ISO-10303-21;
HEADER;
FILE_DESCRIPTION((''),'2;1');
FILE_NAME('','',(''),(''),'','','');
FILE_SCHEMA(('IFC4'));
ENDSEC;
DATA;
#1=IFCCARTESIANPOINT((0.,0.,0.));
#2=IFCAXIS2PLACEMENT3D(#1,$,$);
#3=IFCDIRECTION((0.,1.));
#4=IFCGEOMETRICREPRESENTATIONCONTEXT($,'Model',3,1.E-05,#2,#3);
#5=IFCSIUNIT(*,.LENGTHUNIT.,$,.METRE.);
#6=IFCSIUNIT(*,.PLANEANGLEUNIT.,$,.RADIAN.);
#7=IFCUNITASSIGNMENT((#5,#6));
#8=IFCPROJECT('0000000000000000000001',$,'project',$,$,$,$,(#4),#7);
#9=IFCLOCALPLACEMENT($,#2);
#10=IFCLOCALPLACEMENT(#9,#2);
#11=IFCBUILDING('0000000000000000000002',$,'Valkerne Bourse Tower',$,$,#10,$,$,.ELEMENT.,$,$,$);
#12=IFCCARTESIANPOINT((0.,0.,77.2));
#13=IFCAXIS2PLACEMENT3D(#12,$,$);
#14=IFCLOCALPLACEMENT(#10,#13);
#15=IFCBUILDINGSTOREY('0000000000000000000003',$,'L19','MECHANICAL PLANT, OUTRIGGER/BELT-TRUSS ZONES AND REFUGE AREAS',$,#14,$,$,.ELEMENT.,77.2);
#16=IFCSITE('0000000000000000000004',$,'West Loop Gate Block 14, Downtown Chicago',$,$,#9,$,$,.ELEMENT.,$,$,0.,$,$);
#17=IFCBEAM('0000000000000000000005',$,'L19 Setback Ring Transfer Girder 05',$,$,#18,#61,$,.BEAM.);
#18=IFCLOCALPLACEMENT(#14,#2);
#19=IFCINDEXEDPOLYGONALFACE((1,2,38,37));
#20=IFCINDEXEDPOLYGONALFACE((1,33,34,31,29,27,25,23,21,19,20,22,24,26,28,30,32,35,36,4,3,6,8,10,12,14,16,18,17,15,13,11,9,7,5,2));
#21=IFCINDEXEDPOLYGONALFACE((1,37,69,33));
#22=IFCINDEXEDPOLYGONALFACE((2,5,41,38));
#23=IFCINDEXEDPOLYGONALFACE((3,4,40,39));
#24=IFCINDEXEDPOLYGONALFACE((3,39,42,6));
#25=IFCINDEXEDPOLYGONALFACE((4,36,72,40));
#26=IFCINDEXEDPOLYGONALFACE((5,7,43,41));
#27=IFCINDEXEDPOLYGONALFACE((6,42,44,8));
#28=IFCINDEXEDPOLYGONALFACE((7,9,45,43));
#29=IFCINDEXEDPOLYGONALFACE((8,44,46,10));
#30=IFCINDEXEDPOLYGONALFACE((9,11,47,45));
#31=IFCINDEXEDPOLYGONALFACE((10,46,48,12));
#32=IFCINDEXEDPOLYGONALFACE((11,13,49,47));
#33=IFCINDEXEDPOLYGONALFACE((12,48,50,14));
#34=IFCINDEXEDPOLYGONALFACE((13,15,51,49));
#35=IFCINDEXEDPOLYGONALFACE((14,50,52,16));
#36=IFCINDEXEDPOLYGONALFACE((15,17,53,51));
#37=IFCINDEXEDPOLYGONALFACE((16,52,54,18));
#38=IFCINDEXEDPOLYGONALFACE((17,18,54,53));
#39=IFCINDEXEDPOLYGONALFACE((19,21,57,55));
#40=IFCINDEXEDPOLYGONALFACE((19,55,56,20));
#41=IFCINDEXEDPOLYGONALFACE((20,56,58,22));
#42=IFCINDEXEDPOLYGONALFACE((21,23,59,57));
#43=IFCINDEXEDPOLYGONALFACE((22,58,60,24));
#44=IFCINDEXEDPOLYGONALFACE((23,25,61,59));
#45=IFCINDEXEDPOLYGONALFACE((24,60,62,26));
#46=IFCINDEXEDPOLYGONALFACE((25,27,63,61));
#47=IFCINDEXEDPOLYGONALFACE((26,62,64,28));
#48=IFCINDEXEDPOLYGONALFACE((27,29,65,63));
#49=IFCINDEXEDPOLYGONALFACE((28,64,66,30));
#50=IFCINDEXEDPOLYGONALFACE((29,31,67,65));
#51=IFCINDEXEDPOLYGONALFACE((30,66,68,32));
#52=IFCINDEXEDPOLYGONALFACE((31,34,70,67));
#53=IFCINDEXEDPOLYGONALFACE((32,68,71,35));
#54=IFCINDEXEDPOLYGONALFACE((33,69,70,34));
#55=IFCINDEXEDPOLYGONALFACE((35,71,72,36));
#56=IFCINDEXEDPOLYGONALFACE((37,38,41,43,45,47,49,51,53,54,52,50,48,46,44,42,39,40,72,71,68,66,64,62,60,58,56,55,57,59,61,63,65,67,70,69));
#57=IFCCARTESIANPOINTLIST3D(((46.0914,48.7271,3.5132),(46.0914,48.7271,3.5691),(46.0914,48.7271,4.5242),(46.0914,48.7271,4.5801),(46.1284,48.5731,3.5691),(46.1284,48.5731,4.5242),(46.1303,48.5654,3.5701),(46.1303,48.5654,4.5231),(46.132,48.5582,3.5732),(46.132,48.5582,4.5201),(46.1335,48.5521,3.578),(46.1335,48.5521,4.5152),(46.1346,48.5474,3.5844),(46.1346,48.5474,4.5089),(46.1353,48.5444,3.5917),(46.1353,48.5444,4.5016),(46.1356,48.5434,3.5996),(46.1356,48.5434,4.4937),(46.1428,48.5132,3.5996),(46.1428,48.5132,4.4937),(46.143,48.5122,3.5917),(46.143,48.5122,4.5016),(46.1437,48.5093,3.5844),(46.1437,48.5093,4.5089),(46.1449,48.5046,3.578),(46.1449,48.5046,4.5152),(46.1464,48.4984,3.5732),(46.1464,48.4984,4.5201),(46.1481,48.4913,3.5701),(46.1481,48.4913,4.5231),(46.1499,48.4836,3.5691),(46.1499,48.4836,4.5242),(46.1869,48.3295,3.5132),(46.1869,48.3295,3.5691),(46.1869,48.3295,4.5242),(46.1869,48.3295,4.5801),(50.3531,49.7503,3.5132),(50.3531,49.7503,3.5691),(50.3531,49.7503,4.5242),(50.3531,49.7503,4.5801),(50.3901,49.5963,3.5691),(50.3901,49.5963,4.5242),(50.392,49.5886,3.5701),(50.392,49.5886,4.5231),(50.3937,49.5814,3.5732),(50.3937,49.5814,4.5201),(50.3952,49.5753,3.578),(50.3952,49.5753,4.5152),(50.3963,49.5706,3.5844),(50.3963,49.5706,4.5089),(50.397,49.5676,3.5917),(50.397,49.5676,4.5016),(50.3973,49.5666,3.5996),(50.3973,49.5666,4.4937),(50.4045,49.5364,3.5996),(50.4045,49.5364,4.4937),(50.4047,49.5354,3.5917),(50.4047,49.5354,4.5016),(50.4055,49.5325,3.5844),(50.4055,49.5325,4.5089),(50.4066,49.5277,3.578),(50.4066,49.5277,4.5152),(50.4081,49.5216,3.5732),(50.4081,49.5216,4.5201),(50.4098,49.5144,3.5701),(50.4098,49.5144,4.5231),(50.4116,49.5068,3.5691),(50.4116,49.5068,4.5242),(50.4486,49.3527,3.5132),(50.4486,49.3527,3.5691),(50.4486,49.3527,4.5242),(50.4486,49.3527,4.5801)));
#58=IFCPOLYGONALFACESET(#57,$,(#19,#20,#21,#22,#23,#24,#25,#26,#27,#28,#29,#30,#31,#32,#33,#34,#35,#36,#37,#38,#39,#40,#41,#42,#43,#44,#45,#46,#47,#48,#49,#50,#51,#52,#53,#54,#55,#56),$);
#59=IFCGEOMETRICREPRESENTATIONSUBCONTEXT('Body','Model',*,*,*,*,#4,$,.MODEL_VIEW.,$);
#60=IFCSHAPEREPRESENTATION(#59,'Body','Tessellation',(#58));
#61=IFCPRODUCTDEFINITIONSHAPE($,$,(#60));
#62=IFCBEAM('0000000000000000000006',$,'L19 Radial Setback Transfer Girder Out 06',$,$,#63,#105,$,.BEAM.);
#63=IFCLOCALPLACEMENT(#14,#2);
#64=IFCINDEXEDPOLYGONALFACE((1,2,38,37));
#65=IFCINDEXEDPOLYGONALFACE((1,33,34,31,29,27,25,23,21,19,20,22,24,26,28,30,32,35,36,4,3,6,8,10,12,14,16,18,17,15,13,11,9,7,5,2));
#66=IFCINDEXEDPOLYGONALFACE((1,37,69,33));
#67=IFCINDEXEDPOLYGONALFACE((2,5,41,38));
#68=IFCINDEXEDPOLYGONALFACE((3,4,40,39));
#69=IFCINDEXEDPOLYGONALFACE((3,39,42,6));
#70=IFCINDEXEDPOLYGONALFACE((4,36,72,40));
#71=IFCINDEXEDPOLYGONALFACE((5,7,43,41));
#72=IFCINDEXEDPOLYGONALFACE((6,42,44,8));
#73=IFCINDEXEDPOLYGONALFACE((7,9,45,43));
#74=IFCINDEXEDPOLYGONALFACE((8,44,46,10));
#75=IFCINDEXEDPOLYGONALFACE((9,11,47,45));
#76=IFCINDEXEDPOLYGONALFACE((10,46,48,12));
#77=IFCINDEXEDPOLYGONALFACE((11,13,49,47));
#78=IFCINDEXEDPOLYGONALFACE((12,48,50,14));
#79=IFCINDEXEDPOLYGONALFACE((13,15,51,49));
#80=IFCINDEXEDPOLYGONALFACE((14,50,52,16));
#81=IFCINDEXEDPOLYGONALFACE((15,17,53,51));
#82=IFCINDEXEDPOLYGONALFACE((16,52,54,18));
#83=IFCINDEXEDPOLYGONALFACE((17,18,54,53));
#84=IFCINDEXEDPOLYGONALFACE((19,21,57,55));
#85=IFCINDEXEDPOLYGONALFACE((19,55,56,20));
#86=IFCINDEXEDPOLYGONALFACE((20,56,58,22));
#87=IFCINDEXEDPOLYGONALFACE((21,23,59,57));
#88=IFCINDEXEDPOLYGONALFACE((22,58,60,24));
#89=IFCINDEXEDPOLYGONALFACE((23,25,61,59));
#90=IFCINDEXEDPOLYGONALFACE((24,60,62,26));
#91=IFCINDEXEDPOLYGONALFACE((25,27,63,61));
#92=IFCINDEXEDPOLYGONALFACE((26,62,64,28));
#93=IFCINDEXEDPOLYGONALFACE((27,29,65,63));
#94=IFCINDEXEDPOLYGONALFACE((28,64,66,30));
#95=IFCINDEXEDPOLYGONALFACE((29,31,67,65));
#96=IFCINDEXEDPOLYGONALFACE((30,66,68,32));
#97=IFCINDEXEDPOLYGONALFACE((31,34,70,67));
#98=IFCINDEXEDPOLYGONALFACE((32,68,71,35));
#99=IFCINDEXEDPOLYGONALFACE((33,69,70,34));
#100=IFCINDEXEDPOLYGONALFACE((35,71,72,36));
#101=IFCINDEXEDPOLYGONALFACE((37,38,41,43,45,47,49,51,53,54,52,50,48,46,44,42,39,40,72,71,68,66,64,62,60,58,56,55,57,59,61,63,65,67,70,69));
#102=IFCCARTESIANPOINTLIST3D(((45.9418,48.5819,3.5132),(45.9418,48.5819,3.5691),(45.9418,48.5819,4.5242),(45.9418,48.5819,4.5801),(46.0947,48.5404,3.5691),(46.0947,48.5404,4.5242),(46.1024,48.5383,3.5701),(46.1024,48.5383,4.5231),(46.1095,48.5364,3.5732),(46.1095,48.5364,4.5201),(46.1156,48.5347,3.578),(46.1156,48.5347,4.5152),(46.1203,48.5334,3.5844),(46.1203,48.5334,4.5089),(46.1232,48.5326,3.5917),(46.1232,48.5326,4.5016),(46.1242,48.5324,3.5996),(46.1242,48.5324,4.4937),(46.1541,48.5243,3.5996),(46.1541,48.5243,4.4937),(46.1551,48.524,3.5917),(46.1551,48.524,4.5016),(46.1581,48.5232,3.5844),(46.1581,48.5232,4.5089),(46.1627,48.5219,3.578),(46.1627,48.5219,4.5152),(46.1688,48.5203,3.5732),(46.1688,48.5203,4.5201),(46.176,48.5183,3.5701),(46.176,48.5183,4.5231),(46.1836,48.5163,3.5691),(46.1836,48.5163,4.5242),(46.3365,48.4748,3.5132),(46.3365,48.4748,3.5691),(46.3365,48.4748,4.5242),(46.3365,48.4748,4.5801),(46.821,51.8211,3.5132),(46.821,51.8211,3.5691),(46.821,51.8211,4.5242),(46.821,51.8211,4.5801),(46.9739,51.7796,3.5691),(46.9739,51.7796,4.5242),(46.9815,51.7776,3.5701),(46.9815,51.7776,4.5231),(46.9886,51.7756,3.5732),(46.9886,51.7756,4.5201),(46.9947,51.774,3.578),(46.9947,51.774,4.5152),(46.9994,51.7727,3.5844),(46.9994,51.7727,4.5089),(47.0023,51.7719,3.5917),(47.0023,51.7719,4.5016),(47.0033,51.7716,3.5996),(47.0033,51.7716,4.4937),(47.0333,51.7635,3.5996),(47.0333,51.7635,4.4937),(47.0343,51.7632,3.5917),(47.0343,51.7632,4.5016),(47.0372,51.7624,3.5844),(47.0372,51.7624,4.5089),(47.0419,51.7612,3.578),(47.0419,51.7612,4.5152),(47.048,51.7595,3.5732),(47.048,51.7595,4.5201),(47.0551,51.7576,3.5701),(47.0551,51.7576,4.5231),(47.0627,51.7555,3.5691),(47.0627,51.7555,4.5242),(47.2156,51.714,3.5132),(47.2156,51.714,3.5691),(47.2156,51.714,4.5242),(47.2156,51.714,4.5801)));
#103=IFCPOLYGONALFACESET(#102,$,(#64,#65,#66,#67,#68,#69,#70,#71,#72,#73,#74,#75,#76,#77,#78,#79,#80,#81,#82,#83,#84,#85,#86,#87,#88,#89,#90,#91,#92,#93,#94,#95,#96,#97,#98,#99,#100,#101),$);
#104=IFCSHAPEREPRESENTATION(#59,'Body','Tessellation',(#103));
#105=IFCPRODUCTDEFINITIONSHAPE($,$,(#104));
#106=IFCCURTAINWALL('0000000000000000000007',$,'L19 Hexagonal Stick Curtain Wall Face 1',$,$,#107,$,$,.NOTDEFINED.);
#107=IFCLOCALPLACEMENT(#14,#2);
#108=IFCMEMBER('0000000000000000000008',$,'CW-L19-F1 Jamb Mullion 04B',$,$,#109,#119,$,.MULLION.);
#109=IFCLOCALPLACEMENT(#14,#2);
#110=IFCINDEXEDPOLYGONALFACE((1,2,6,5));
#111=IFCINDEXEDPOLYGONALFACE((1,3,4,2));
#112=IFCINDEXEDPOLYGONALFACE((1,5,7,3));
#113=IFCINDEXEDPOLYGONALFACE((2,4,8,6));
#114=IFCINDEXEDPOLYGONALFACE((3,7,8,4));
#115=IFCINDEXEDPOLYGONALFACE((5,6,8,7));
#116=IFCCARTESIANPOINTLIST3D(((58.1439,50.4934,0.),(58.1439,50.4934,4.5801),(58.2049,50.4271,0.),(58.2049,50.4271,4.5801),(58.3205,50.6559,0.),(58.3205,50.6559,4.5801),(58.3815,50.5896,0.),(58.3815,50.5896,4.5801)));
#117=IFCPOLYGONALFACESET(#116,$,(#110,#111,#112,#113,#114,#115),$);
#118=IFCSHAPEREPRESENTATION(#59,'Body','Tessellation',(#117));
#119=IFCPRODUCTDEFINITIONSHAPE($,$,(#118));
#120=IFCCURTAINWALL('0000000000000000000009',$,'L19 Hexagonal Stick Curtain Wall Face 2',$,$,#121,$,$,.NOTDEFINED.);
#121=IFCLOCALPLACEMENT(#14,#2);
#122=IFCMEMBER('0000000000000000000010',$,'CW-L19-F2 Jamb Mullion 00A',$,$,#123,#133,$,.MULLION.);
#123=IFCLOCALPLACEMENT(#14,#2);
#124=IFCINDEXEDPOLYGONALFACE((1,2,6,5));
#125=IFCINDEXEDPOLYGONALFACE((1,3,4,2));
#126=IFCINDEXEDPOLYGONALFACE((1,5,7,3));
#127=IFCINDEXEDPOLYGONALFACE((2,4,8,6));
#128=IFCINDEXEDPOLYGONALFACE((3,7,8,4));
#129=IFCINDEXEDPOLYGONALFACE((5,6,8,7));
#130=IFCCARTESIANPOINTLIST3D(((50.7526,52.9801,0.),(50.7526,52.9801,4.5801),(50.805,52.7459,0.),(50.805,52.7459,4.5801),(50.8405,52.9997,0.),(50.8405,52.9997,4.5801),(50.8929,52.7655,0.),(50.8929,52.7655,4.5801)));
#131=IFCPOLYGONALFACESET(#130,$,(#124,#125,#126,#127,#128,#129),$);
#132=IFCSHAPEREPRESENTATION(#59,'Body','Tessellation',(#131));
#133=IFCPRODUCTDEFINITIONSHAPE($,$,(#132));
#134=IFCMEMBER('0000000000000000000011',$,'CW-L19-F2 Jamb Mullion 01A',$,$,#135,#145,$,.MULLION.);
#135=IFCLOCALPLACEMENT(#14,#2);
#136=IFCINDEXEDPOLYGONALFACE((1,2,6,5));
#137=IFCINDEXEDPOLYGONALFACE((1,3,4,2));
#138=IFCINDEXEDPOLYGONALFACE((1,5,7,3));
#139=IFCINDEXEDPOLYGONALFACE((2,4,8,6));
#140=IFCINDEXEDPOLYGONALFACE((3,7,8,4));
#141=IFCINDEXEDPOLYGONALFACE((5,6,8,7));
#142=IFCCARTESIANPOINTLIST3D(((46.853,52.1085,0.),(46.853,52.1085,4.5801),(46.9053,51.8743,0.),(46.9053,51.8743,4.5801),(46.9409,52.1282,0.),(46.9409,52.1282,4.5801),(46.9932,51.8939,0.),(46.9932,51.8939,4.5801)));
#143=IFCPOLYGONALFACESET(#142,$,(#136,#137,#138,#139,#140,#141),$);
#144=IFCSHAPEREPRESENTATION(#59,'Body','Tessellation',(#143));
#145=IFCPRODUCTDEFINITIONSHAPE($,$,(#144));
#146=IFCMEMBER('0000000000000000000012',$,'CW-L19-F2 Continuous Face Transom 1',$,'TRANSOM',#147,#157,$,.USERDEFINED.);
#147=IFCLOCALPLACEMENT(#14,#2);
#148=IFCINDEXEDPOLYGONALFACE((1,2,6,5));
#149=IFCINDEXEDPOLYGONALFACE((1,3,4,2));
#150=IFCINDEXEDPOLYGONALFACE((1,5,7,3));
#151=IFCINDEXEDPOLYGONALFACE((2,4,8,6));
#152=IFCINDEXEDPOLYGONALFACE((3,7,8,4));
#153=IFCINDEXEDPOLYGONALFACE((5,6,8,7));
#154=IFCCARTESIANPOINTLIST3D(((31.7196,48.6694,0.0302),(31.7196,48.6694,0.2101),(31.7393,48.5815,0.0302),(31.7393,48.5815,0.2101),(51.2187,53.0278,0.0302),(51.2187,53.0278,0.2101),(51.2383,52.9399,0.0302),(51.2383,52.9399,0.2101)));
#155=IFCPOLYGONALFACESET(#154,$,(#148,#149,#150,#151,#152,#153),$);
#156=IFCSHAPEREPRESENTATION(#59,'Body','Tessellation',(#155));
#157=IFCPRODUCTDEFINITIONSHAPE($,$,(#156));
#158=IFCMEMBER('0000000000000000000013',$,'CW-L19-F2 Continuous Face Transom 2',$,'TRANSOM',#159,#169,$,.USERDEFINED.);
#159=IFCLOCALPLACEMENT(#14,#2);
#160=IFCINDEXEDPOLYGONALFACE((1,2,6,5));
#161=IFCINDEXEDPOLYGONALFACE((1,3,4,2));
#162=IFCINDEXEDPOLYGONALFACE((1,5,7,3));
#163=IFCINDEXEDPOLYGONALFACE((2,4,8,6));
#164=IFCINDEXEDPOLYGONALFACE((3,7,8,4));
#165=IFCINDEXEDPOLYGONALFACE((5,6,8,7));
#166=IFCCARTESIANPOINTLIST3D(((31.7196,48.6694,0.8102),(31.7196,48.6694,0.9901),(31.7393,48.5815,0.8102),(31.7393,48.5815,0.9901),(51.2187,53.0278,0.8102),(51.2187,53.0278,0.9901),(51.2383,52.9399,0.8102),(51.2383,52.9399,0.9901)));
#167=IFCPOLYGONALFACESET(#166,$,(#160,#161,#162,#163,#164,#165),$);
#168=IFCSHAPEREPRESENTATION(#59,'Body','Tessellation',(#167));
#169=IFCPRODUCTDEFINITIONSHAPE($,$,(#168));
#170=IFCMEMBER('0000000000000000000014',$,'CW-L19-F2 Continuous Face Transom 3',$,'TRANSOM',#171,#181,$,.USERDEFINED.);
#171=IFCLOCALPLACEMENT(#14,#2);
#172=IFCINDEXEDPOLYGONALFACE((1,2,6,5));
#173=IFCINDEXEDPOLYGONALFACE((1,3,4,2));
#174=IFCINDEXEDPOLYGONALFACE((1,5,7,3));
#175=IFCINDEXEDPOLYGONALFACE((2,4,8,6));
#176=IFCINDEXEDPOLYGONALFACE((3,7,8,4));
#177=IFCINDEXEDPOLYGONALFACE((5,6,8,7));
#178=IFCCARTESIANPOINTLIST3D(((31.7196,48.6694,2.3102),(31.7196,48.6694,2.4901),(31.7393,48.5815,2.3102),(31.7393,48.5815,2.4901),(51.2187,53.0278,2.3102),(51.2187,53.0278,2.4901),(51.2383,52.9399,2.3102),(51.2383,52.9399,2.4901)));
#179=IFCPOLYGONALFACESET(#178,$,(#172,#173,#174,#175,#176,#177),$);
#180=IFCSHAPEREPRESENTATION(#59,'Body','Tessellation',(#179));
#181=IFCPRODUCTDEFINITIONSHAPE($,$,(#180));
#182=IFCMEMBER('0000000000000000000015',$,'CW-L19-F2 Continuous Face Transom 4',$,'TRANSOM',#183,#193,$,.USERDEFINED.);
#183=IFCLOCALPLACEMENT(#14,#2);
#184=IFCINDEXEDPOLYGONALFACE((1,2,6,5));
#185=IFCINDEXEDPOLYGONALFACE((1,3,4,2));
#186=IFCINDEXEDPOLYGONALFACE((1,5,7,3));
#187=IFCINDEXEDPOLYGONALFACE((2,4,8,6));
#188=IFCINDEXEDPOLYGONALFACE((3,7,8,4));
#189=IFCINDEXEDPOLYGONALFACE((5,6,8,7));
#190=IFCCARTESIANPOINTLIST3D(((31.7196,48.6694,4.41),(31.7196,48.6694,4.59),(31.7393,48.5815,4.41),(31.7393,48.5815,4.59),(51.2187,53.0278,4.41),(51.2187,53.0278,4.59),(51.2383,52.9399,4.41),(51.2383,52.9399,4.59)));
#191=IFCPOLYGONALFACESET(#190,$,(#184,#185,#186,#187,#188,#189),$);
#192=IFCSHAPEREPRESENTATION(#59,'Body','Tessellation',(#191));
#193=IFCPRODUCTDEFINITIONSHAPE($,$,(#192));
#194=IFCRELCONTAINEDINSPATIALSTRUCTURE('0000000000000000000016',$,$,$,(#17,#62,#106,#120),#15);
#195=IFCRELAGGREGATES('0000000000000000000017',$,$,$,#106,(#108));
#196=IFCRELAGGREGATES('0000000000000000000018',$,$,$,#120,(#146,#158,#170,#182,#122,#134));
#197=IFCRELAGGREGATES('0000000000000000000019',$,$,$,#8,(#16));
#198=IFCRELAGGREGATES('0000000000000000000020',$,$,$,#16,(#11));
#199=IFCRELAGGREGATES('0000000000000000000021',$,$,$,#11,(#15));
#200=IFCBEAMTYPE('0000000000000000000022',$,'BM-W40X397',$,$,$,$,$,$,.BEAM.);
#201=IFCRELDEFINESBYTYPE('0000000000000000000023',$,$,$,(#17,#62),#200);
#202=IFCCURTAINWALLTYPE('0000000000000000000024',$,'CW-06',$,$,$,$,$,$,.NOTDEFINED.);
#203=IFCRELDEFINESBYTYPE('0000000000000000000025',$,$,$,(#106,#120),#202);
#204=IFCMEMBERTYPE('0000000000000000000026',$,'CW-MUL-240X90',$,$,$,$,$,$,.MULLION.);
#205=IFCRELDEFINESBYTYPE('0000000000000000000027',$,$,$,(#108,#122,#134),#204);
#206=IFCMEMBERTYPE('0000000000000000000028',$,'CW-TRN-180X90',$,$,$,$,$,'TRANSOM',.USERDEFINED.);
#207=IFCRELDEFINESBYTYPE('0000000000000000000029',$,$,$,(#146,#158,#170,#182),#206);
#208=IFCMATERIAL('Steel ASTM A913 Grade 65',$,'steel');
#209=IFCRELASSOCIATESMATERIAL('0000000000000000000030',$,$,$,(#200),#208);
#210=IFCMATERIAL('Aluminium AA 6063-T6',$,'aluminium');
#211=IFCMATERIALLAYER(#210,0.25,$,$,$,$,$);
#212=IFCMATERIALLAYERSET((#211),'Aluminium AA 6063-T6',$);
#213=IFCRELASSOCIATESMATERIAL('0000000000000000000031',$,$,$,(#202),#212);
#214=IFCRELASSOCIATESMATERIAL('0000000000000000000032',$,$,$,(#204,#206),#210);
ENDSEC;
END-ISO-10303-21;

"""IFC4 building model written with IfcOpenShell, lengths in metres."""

from ifc_helpers import new_model, si_unit, direction, frame, origin, origin_2d, place, context, subcontext, project, spatial, rectangle, i_section, extrude, material, layer, layer_set, material_profile, profile_set, type_object, element, aggregate, save


model = new_model("IFC4")

# Units and contexts
model_context = context("Model", 3, precision=1e-05, world=origin(), true_north=direction((0.0, 1.0)))
body_context = subcontext(model_context, "Body", "Model", "MODEL_VIEW")
ifc_project = project(units=[si_unit("LENGTHUNIT", "METRE"), si_unit("PLANEANGLEUNIT", "RADIAN")], contexts=[model_context])

# Site, building, storey
site_placement = place(None, origin())
site = spatial("IfcSite", under=ifc_project, at=site_placement, Name="West Loop Gate Block 14, Downtown Chicago", CompositionType="ELEMENT", RefElevation=0.0)
building_placement = place(site_placement, origin())
building = spatial("IfcBuilding", under=site, at=building_placement, Name="Valkerne Bourse Tower", CompositionType="ELEMENT")
storey_placement = place(building_placement, frame((0.0, 0.0, 77.2)))
storey = spatial("IfcBuildingStorey", under=building, at=storey_placement, Name="L19", Description="MECHANICAL PLANT, OUTRIGGER/BELT-TRUSS ZONES AND REFUGE AREAS", CompositionType="ELEMENT", Elevation=77.2)

# Shared definitions
ifc_material_1 = material(Name="Steel ASTM A913 Grade 65", Category="steel")

# Beams
ifc_material_profile_1 = material_profile(ifc_material_1, i_section(OverallWidth=0.4089, OverallDepth=1.0669, WebThickness=0.031, FlangeThickness=0.0559, FilletRadius=0.0305, at=origin_2d()), Name="W40X397")
ifc_profile_set_1 = profile_set([ifc_material_profile_1], Name="Steel ASTM A913 Grade 65")
beam_type_1 = type_object("IfcBeamType", Name="BM-W40X397", PredefinedType="BEAM", material=ifc_profile_set_1)
beam_1_placement = place(storey_placement, frame((50.4009, 49.5515, 4.0466), z_axis=(-0.972368, -0.233455, 0.0), x_axis=(0.233455, -0.972368, 0.0)))
element("IfcBeam", 1, at=beam_1_placement, inside=storey, type_object=beam_type_1, Name="L19 Setback Ring Transfer Girder 05", PredefinedType="BEAM", context=body_context, shape_type="SweptSolid", body=[
    extrude(i_section(OverallWidth=0.4089, OverallDepth=1.0669, WebThickness=0.031, FlangeThickness=0.0559, FilletRadius=0.0305, at=origin_2d()), origin(), (0.0, 0.0, 1.0), 4.3828),
])
beam_2_placement = place(storey_placement, frame((47.0183, 51.7676, 4.0466), z_axis=(-0.261929, -0.965087, 0.0), x_axis=(0.965087, -0.261929, 0.0)))
element("IfcBeam", 2, at=beam_2_placement, inside=storey, type_object=beam_type_1, Name="L19 Radial Setback Transfer Girder Out 06", PredefinedType="BEAM", context=body_context, shape_type="SweptSolid", body=[
    extrude(i_section(OverallWidth=0.4089, OverallDepth=1.0669, WebThickness=0.031, FlangeThickness=0.0559, FilletRadius=0.0305, at=origin_2d()), origin(), (0.0, 0.0, 1.0), 3.3564),
])

# Curtain wall, member
ifc_material_2 = material(Name="Aluminium AA 6063-T6", Category="aluminium")
ifc_layer_1 = layer(ifc_material_2, 0.25)
ifc_layer_set_1 = layer_set([ifc_layer_1], Name="Aluminium AA 6063-T6")
curtain_wall_type = type_object("IfcCurtainWallType", Name="CW-06", PredefinedType="NOTDEFINED", material=ifc_layer_set_1)
curtain_wall_1_placement = place(storey_placement, origin())
curtain_wall_1 = element("IfcCurtainWall", 3, at=curtain_wall_1_placement, inside=storey, type_object=curtain_wall_type, Name="L19 Hexagonal Stick Curtain Wall Face 1", PredefinedType="NOTDEFINED")
ifc_material_profile_2 = material_profile(ifc_material_2, rectangle(XDim=0.0901, YDim=0.24, at=origin_2d()), Name="CWM-90X240")
ifc_profile_set_2 = profile_set([ifc_material_profile_2], Name="Aluminium AA 6063-T6")
member_type_1 = type_object("IfcMemberType", Name="CW-MUL-240X90", PredefinedType="MULLION", material=ifc_profile_set_2)
member_1_placement = place(storey_placement, frame((58.2627, 50.5415, 0.0), z_axis=(0.0, 0.0, 1.0), x_axis=(-0.676882, 0.736092, 0.0)))
member_1 = element("IfcMember", 4, at=member_1_placement, type_object=member_type_1, Name="CW-L19-F1 Jamb Mullion 04B", PredefinedType="MULLION", context=body_context, shape_type="SweptSolid", body=[
    extrude(rectangle(XDim=0.0901, YDim=0.24, at=origin_2d()), origin(), (0.0, 0.0, 1.0), 4.5801),
])
aggregate(curtain_wall_1, [member_1])

# Curtain wall, members
curtain_wall_2_placement = place(storey_placement, origin())
curtain_wall_2 = element("IfcCurtainWall", 5, at=curtain_wall_2_placement, inside=storey, type_object=curtain_wall_type, Name="L19 Hexagonal Stick Curtain Wall Face 2", PredefinedType="NOTDEFINED")
member_2_placement = place(storey_placement, frame((50.8228, 52.8728, 0.0), z_axis=(0.0, 0.0, 1.0), x_axis=(-0.975916, -0.218147, 0.0)))
member_2 = element("IfcMember", 6, at=member_2_placement, type_object=member_type_1, Name="CW-L19-F2 Jamb Mullion 00A", PredefinedType="MULLION", context=body_context, shape_type="SweptSolid", body=[
    extrude(rectangle(XDim=0.0901, YDim=0.24, at=origin_2d()), origin(), (0.0, 0.0, 1.0), 4.5801),
])
member_3_placement = place(storey_placement, frame((46.9231, 52.0012, 0.0), z_axis=(0.0, 0.0, 1.0), x_axis=(-0.975917, -0.218141, 0.0)))
member_3 = element("IfcMember", 7, at=member_3_placement, type_object=member_type_1, Name="CW-L19-F2 Jamb Mullion 01A", PredefinedType="MULLION", context=body_context, shape_type="SweptSolid", body=[
    extrude(rectangle(XDim=0.0901, YDim=0.24, at=origin_2d()), origin(), (0.0, 0.0, 1.0), 4.5801),
])
ifc_material_profile_3 = material_profile(ifc_material_2, rectangle(XDim=0.0901, YDim=0.1799, at=origin_2d()), Name="CWT-90X180")
ifc_profile_set_3 = profile_set([ifc_material_profile_3], Name="Aluminium AA 6063-T6")
member_type_2 = type_object("IfcMemberType", Name="CW-TRN-180X90", ElementType="TRANSOM", PredefinedType="USERDEFINED", material=ifc_profile_set_3)
member_4_placement = place(storey_placement, frame((51.2285, 52.9839, 0.1201), z_axis=(-0.975918, -0.218136, 0.0), x_axis=(0.218136, -0.975918, 0.0)))
member_4 = element("IfcMember", 8, at=member_4_placement, type_object=member_type_2, Name="CW-L19-F2 Continuous Face Transom 1", ObjectType="TRANSOM", PredefinedType="USERDEFINED", context=body_context, shape_type="SweptSolid", body=[
    extrude(rectangle(XDim=0.0901, YDim=0.1799, at=origin_2d()), origin(), (0.0, 0.0, 1.0), 19.9802),
])
member_5_placement = place(storey_placement, frame((51.2285, 52.9839, 0.9001), z_axis=(-0.975918, -0.218136, 0.0), x_axis=(0.218136, -0.975918, 0.0)))
member_5 = element("IfcMember", 9, at=member_5_placement, type_object=member_type_2, Name="CW-L19-F2 Continuous Face Transom 2", ObjectType="TRANSOM", PredefinedType="USERDEFINED", context=body_context, shape_type="SweptSolid", body=[
    extrude(rectangle(XDim=0.0901, YDim=0.1799, at=origin_2d()), origin(), (0.0, 0.0, 1.0), 19.9802),
])
member_6_placement = place(storey_placement, frame((51.2285, 52.9839, 2.4001), z_axis=(-0.975918, -0.218136, 0.0), x_axis=(0.218136, -0.975918, 0.0)))
member_6 = element("IfcMember", 10, at=member_6_placement, type_object=member_type_2, Name="CW-L19-F2 Continuous Face Transom 3", ObjectType="TRANSOM", PredefinedType="USERDEFINED", context=body_context, shape_type="SweptSolid", body=[
    extrude(rectangle(XDim=0.0901, YDim=0.1799, at=origin_2d()), origin(), (0.0, 0.0, 1.0), 19.9802),
])
member_7_placement = place(storey_placement, frame((51.2285, 52.9839, 4.5), z_axis=(-0.975918, -0.218136, 0.0), x_axis=(0.218136, -0.975918, 0.0)))
member_7 = element("IfcMember", 11, at=member_7_placement, type_object=member_type_2, Name="CW-L19-F2 Continuous Face Transom 4", ObjectType="TRANSOM", PredefinedType="USERDEFINED", context=body_context, shape_type="SweptSolid", body=[
    extrude(rectangle(XDim=0.0901, YDim=0.1799, at=origin_2d()), origin(), (0.0, 0.0, 1.0), 19.9802),
])

aggregate(curtain_wall_2, [member_4, member_5, member_6, member_7, member_2, member_3])

save(model, "model.ifc")
